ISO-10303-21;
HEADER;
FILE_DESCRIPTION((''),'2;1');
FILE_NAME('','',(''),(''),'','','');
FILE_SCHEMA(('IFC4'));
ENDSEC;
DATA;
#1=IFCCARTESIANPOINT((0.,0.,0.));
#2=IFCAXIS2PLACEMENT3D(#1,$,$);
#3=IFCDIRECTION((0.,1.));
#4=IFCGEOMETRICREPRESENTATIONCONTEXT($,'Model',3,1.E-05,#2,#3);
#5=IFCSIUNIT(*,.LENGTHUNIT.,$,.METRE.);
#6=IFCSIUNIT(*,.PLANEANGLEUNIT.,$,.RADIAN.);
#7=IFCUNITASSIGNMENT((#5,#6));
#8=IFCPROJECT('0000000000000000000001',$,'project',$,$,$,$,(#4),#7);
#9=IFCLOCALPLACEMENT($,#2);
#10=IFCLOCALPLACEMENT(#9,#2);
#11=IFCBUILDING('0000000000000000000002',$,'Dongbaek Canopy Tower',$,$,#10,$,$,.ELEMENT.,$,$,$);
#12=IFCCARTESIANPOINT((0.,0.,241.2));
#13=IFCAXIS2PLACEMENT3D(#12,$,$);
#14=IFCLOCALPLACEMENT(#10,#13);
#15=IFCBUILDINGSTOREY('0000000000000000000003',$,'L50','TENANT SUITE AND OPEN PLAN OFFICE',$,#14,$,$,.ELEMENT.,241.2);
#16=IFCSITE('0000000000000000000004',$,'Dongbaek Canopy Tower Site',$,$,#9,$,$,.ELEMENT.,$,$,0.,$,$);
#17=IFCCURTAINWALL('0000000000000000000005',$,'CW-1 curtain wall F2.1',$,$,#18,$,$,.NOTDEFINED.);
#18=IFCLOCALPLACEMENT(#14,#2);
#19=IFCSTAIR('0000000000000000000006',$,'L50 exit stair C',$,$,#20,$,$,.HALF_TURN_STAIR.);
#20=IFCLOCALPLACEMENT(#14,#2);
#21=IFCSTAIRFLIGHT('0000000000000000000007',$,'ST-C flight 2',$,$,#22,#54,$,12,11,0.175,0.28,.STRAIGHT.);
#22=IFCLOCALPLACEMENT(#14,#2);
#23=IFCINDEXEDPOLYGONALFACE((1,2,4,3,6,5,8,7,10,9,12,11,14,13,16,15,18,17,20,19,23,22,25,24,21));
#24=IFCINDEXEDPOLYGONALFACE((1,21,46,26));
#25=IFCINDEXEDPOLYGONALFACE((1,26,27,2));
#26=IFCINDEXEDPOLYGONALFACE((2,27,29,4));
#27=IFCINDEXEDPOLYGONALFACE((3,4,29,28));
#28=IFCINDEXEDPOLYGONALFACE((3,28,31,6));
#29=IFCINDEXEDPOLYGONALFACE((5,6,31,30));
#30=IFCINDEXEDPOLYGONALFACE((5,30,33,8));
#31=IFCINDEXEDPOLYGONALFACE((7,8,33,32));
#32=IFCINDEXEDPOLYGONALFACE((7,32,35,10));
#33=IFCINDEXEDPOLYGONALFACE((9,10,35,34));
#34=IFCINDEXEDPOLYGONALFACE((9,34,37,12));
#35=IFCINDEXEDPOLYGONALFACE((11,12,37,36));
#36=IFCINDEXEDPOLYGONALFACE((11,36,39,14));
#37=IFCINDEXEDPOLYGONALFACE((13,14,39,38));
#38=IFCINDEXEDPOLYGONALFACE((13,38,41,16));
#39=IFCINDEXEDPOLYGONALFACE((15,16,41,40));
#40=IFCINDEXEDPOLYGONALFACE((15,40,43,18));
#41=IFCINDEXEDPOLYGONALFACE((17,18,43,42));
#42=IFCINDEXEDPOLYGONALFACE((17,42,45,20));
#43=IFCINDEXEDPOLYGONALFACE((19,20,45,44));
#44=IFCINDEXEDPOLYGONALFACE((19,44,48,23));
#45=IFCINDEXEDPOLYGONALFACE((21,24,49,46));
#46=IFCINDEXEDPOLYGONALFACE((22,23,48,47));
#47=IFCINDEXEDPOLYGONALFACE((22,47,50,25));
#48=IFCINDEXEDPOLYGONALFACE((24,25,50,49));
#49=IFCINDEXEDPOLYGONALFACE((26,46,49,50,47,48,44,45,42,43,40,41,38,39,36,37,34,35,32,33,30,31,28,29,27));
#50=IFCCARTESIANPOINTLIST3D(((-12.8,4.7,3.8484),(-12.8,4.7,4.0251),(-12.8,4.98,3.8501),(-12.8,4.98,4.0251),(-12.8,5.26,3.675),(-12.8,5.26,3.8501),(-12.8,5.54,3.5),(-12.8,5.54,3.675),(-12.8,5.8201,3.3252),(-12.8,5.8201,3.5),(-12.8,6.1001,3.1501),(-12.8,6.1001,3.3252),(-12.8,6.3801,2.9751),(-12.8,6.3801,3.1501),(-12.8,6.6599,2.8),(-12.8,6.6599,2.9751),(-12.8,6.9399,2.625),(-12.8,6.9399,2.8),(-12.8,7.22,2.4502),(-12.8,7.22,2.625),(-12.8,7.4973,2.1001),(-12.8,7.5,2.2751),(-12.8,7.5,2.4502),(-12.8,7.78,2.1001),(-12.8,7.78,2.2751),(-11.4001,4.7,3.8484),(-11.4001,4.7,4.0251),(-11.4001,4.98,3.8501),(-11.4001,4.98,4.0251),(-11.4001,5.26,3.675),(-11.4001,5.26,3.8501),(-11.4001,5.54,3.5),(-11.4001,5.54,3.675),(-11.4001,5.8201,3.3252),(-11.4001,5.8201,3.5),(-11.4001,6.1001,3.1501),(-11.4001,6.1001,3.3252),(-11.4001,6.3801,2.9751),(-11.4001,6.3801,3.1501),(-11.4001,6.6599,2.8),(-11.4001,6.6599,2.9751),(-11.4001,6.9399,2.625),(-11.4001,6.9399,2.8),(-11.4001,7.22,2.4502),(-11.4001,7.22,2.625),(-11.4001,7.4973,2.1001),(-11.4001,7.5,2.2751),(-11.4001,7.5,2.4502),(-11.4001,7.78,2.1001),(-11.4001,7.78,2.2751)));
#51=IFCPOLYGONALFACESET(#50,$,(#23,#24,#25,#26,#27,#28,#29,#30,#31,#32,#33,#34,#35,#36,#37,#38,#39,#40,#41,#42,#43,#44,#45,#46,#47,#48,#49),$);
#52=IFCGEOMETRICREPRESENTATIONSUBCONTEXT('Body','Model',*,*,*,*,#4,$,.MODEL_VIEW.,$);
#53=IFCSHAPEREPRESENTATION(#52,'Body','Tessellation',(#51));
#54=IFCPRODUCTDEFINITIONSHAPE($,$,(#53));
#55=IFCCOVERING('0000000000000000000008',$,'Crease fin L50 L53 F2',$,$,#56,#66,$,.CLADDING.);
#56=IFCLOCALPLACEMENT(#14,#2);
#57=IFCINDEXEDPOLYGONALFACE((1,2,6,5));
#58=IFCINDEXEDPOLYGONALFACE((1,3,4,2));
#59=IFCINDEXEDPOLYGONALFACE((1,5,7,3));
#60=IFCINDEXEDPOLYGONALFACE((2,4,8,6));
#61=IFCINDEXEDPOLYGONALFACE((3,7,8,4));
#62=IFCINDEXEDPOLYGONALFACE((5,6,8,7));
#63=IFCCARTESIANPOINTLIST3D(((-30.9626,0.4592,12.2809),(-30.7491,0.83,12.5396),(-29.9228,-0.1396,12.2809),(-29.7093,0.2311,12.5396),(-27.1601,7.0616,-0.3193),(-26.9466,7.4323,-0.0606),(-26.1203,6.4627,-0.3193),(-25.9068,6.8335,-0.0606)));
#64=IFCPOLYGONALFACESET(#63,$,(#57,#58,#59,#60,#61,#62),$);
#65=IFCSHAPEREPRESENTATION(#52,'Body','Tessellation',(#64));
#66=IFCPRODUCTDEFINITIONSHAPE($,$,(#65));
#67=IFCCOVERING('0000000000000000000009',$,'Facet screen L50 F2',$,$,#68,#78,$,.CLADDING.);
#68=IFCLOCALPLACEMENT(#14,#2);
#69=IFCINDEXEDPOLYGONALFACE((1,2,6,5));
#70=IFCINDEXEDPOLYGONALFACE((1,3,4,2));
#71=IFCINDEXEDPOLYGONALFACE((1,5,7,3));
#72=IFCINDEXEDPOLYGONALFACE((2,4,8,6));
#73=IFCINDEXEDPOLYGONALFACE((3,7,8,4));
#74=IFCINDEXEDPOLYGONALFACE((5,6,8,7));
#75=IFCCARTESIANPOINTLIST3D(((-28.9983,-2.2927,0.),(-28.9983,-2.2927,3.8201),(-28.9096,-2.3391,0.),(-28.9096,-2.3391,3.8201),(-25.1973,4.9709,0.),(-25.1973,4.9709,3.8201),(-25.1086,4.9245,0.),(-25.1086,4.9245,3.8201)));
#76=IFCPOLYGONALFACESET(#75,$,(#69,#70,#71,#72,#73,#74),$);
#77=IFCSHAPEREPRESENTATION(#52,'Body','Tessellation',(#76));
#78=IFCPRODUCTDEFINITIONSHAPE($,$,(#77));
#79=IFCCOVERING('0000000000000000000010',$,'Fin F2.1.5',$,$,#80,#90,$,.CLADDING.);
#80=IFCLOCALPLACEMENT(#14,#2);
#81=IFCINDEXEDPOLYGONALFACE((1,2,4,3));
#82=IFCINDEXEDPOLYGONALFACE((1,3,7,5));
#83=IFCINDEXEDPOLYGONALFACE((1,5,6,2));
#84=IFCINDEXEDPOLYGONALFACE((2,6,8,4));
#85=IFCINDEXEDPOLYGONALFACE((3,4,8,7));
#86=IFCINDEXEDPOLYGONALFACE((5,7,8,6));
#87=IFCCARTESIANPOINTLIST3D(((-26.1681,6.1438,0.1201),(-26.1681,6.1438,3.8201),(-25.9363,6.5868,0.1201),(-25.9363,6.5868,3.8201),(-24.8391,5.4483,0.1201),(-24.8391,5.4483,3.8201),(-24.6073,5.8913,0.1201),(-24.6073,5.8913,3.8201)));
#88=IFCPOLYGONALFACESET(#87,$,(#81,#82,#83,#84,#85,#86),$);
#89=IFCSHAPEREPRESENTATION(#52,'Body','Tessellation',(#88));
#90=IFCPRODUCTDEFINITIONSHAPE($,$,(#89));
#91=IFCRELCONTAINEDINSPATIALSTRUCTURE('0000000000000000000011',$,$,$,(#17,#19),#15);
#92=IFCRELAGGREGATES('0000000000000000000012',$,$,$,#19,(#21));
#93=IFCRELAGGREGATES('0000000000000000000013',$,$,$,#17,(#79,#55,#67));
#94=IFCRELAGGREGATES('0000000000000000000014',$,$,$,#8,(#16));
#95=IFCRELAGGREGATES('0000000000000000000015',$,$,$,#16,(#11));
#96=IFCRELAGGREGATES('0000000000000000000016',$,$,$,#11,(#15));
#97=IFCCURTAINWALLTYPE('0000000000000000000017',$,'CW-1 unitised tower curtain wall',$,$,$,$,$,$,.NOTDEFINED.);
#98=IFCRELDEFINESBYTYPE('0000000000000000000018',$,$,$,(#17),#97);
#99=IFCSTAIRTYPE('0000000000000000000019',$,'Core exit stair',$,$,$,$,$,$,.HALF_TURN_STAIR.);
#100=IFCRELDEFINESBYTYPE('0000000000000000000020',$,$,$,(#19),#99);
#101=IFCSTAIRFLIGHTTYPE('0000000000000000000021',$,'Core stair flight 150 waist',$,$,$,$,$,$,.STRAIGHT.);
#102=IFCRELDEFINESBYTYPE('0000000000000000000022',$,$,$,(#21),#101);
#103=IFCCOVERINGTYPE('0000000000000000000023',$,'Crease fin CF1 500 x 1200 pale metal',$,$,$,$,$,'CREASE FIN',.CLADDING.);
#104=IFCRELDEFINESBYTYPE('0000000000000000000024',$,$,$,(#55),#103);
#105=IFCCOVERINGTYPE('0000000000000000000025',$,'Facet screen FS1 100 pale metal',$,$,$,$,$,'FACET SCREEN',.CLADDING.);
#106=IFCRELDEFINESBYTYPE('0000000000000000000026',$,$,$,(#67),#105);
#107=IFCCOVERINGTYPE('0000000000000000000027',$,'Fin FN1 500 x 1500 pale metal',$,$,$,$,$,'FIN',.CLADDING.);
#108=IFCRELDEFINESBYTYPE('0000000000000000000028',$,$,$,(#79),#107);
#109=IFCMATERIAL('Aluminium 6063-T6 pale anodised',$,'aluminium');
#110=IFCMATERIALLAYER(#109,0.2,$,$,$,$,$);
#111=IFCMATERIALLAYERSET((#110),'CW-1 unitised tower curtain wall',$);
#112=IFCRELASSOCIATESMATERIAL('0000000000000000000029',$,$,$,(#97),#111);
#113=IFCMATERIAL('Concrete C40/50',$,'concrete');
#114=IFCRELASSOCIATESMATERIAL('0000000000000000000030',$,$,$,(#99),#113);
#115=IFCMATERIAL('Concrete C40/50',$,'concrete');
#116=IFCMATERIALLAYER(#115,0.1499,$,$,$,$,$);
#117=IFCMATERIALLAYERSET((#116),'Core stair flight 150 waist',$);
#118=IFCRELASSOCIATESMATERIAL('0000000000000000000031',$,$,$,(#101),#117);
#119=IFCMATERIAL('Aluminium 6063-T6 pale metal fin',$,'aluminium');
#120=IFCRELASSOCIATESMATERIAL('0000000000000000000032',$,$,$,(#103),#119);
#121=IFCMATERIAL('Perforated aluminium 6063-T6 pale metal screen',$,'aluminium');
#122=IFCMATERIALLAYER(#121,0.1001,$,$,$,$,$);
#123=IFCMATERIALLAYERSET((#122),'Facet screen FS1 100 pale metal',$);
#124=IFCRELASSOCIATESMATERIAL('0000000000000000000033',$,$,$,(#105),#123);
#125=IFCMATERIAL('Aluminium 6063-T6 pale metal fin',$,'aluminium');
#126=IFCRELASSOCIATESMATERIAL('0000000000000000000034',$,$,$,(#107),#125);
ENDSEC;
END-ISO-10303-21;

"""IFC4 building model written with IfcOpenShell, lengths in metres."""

from ifc_helpers import new_model, si_unit, direction, frame, origin, origin_2d, place, context, subcontext, project, spatial, polyline, rectangle, outline, extrude, material, layer, layer_set, material_profile, profile_set, type_object, element, aggregate, save


model = new_model("IFC4")

# Units and contexts
model_context = context("Model", 3, precision=1e-05, world=origin(), true_north=direction((0.0, 1.0)))
body_context = subcontext(model_context, "Body", "Model", "MODEL_VIEW")
ifc_project = project(units=[si_unit("LENGTHUNIT", "METRE"), si_unit("PLANEANGLEUNIT", "RADIAN")], contexts=[model_context])

# Site, building, storey
site_placement = place(None, origin())
site = spatial("IfcSite", under=ifc_project, at=site_placement, Name="Dongbaek Canopy Tower Site", CompositionType="ELEMENT", RefElevation=0.0)
building_placement = place(site_placement, origin())
building = spatial("IfcBuilding", under=site, at=building_placement, Name="Dongbaek Canopy Tower", CompositionType="ELEMENT")
storey_placement = place(building_placement, frame((0.0, 0.0, 241.2)))
storey = spatial("IfcBuildingStorey", under=building, at=storey_placement, Name="L50", Description="TENANT SUITE AND OPEN PLAN OFFICE", CompositionType="ELEMENT", Elevation=241.2)

# Curtain wall
ifc_material_1 = material(Name="Aluminium 6063-T6 pale anodised", Category="aluminium")
ifc_layer_1 = layer(ifc_material_1, 0.2)
ifc_layer_set_1 = layer_set([ifc_layer_1], Name="CW-1 unitised tower curtain wall")
curtain_wall_type = type_object("IfcCurtainWallType", Name="CW-1 unitised tower curtain wall", PredefinedType="NOTDEFINED", material=ifc_layer_set_1)
curtain_wall_placement = place(storey_placement, origin())
curtain_wall = element("IfcCurtainWall", 1, at=curtain_wall_placement, inside=storey, type_object=curtain_wall_type, Name="CW-1 curtain wall F2.1", PredefinedType="NOTDEFINED")

# Stair, stair flight
ifc_material_2 = material(Name="Concrete C40/50", Category="concrete")
stair_type = type_object("IfcStairType", Name="Core exit stair", PredefinedType="HALF_TURN_STAIR", material=ifc_material_2)
stair_placement = place(storey_placement, origin())
stair = element("IfcStair", 2, at=stair_placement, inside=storey, type_object=stair_type, Name="L50 exit stair C", PredefinedType="HALF_TURN_STAIR")
ifc_material_3 = material(Name="Concrete C40/50", Category="concrete")
ifc_layer_2 = layer(ifc_material_3, 0.1499)
ifc_layer_set_2 = layer_set([ifc_layer_2], Name="Core stair flight 150 waist")
stair_flight_type = type_object("IfcStairFlightType", Name="Core stair flight 150 waist", PredefinedType="STRAIGHT", material=ifc_layer_set_2)
stair_flight_1_placement = place(storey_placement, frame((-12.1001, 7.78, 2.1001), z_axis=(0.0, 0.0, 1.0), x_axis=(0.0, -1.0, 0.0)))
stair_flight_1 = element("IfcStairFlight", 3, at=stair_flight_1_placement, type_object=stair_flight_type, Name="ST-C flight 2", NumberOfRisers=12, NumberOfTreads=11, PredefinedType="STRAIGHT", RiserHeight=0.175, TreadLength=0.28, context=body_context, shape_type="SweptSolid", body=[
    extrude(outline(polyline([(0.0, 0.0), (0.0, 0.175), (0.28, 0.175), (0.28, 0.3501), (0.5601, 0.3501), (0.5601, 0.5249), (0.8401, 0.5249), (0.8401, 0.7), (1.1201, 0.7), (1.1201, 0.875), (1.3999, 0.875), (1.3999, 1.05), (1.6799, 1.05), (1.6799, 1.2251), (1.96, 1.2251), (1.96, 1.3999), (2.24, 1.3999), (2.24, 1.575), (2.52, 1.575), (2.52, 1.75), (2.8, 1.75), (2.8, 1.925), (3.0801, 1.925), (3.0801, 2.1001), (3.0801, 1.7483), (0.2827, 0.0), (0.0, 0.0)])), frame((0.0, 0.7, 0.0), z_axis=(0.0, -1.0, 0.0), x_axis=(1.0, 0.0, 0.0)), (0.0, 0.0, 1.0), 1.3999),
])
aggregate(stair, [stair_flight_1])

# Coverings
ifc_material_4 = material(Name="Aluminium 6063-T6 pale metal fin", Category="aluminium")
ifc_material_profile_1 = material_profile(ifc_material_4, rectangle(XDim=1.2, YDim=0.5, at=origin_2d()), Name="Crease fin CF1 500 x 1200 pale metal")
ifc_profile_set_1 = profile_set([ifc_material_profile_1], Name="Aluminium 6063-T6 pale metal fin")
covering_type_1 = type_object("IfcCoveringType", Name="Crease fin CF1 500 x 1200 pale metal", ElementType="CREASE FIN", PredefinedType="CLADDING", material=ifc_profile_set_1)
covering_1_placement = place(storey_placement, frame((-26.5334, 6.9475, -0.1899), z_axis=(-0.258242, -0.448388, 0.855722), x_axis=(0.866556, -0.49908, 0.0)))
covering_1 = element("IfcCovering", 4, at=covering_1_placement, type_object=covering_type_1, Name="Crease fin L50 L53 F2", PredefinedType="CLADDING", context=body_context, shape_type="SweptSolid", body=[
    extrude(rectangle(XDim=1.2, YDim=0.5, at=origin_2d()), origin(), (0.0, 0.0, 1.0), 14.7246),
])
ifc_material_5 = material(Name="Perforated aluminium 6063-T6 pale metal screen", Category="aluminium")
ifc_layer_3 = layer(ifc_material_5, 0.1001)
ifc_layer_set_3 = layer_set([ifc_layer_3], Name="Facet screen FS1 100 pale metal")
covering_type_2 = type_object("IfcCoveringType", Name="Facet screen FS1 100 pale metal", ElementType="FACET SCREEN", PredefinedType="CLADDING", material=ifc_layer_set_3)
covering_2_placement = place(storey_placement, frame((-27.0535, 1.3159, 0.0), z_axis=(0.0, 0.0, 1.0), x_axis=(-0.463649, -0.886019, 0.0)))
covering_2 = element("IfcCovering", 5, at=covering_2_placement, type_object=covering_type_2, Name="Facet screen L50 F2", PredefinedType="CLADDING", context=body_context, shape_type="SweptSolid", body=[
    extrude(rectangle(XDim=8.198, YDim=0.1001, at=origin_2d()), origin(), (0.0, 0.0, 1.0), 3.8201),
])
ifc_material_6 = material(Name="Aluminium 6063-T6 pale metal fin", Category="aluminium")
ifc_material_profile_2 = material_profile(ifc_material_6, rectangle(XDim=1.5, YDim=0.5, at=origin_2d()), Name="Fin FN1 500 x 1500 pale metal")
ifc_profile_set_2 = profile_set([ifc_material_profile_2], Name="Aluminium 6063-T6 pale metal fin")
covering_type_3 = type_object("IfcCoveringType", Name="Fin FN1 500 x 1500 pale metal", ElementType="FIN", PredefinedType="CLADDING", material=ifc_profile_set_2)
covering_3_placement = place(storey_placement, frame((-25.3877, 6.0176, 0.1201), z_axis=(0.0, 0.0, 1.0), x_axis=(-0.886019, 0.463649, 0.0)))
covering_3 = element("IfcCovering", 6, at=covering_3_placement, type_object=covering_type_3, Name="Fin F2.1.5", PredefinedType="CLADDING", context=body_context, shape_type="SweptSolid", body=[
    extrude(rectangle(XDim=1.5, YDim=0.5, at=origin_2d()), origin(), (0.0, 0.0, 1.0), 3.7),
])
aggregate(curtain_wall, [covering_3, covering_1, covering_2])

save(model, "model.ifc")
